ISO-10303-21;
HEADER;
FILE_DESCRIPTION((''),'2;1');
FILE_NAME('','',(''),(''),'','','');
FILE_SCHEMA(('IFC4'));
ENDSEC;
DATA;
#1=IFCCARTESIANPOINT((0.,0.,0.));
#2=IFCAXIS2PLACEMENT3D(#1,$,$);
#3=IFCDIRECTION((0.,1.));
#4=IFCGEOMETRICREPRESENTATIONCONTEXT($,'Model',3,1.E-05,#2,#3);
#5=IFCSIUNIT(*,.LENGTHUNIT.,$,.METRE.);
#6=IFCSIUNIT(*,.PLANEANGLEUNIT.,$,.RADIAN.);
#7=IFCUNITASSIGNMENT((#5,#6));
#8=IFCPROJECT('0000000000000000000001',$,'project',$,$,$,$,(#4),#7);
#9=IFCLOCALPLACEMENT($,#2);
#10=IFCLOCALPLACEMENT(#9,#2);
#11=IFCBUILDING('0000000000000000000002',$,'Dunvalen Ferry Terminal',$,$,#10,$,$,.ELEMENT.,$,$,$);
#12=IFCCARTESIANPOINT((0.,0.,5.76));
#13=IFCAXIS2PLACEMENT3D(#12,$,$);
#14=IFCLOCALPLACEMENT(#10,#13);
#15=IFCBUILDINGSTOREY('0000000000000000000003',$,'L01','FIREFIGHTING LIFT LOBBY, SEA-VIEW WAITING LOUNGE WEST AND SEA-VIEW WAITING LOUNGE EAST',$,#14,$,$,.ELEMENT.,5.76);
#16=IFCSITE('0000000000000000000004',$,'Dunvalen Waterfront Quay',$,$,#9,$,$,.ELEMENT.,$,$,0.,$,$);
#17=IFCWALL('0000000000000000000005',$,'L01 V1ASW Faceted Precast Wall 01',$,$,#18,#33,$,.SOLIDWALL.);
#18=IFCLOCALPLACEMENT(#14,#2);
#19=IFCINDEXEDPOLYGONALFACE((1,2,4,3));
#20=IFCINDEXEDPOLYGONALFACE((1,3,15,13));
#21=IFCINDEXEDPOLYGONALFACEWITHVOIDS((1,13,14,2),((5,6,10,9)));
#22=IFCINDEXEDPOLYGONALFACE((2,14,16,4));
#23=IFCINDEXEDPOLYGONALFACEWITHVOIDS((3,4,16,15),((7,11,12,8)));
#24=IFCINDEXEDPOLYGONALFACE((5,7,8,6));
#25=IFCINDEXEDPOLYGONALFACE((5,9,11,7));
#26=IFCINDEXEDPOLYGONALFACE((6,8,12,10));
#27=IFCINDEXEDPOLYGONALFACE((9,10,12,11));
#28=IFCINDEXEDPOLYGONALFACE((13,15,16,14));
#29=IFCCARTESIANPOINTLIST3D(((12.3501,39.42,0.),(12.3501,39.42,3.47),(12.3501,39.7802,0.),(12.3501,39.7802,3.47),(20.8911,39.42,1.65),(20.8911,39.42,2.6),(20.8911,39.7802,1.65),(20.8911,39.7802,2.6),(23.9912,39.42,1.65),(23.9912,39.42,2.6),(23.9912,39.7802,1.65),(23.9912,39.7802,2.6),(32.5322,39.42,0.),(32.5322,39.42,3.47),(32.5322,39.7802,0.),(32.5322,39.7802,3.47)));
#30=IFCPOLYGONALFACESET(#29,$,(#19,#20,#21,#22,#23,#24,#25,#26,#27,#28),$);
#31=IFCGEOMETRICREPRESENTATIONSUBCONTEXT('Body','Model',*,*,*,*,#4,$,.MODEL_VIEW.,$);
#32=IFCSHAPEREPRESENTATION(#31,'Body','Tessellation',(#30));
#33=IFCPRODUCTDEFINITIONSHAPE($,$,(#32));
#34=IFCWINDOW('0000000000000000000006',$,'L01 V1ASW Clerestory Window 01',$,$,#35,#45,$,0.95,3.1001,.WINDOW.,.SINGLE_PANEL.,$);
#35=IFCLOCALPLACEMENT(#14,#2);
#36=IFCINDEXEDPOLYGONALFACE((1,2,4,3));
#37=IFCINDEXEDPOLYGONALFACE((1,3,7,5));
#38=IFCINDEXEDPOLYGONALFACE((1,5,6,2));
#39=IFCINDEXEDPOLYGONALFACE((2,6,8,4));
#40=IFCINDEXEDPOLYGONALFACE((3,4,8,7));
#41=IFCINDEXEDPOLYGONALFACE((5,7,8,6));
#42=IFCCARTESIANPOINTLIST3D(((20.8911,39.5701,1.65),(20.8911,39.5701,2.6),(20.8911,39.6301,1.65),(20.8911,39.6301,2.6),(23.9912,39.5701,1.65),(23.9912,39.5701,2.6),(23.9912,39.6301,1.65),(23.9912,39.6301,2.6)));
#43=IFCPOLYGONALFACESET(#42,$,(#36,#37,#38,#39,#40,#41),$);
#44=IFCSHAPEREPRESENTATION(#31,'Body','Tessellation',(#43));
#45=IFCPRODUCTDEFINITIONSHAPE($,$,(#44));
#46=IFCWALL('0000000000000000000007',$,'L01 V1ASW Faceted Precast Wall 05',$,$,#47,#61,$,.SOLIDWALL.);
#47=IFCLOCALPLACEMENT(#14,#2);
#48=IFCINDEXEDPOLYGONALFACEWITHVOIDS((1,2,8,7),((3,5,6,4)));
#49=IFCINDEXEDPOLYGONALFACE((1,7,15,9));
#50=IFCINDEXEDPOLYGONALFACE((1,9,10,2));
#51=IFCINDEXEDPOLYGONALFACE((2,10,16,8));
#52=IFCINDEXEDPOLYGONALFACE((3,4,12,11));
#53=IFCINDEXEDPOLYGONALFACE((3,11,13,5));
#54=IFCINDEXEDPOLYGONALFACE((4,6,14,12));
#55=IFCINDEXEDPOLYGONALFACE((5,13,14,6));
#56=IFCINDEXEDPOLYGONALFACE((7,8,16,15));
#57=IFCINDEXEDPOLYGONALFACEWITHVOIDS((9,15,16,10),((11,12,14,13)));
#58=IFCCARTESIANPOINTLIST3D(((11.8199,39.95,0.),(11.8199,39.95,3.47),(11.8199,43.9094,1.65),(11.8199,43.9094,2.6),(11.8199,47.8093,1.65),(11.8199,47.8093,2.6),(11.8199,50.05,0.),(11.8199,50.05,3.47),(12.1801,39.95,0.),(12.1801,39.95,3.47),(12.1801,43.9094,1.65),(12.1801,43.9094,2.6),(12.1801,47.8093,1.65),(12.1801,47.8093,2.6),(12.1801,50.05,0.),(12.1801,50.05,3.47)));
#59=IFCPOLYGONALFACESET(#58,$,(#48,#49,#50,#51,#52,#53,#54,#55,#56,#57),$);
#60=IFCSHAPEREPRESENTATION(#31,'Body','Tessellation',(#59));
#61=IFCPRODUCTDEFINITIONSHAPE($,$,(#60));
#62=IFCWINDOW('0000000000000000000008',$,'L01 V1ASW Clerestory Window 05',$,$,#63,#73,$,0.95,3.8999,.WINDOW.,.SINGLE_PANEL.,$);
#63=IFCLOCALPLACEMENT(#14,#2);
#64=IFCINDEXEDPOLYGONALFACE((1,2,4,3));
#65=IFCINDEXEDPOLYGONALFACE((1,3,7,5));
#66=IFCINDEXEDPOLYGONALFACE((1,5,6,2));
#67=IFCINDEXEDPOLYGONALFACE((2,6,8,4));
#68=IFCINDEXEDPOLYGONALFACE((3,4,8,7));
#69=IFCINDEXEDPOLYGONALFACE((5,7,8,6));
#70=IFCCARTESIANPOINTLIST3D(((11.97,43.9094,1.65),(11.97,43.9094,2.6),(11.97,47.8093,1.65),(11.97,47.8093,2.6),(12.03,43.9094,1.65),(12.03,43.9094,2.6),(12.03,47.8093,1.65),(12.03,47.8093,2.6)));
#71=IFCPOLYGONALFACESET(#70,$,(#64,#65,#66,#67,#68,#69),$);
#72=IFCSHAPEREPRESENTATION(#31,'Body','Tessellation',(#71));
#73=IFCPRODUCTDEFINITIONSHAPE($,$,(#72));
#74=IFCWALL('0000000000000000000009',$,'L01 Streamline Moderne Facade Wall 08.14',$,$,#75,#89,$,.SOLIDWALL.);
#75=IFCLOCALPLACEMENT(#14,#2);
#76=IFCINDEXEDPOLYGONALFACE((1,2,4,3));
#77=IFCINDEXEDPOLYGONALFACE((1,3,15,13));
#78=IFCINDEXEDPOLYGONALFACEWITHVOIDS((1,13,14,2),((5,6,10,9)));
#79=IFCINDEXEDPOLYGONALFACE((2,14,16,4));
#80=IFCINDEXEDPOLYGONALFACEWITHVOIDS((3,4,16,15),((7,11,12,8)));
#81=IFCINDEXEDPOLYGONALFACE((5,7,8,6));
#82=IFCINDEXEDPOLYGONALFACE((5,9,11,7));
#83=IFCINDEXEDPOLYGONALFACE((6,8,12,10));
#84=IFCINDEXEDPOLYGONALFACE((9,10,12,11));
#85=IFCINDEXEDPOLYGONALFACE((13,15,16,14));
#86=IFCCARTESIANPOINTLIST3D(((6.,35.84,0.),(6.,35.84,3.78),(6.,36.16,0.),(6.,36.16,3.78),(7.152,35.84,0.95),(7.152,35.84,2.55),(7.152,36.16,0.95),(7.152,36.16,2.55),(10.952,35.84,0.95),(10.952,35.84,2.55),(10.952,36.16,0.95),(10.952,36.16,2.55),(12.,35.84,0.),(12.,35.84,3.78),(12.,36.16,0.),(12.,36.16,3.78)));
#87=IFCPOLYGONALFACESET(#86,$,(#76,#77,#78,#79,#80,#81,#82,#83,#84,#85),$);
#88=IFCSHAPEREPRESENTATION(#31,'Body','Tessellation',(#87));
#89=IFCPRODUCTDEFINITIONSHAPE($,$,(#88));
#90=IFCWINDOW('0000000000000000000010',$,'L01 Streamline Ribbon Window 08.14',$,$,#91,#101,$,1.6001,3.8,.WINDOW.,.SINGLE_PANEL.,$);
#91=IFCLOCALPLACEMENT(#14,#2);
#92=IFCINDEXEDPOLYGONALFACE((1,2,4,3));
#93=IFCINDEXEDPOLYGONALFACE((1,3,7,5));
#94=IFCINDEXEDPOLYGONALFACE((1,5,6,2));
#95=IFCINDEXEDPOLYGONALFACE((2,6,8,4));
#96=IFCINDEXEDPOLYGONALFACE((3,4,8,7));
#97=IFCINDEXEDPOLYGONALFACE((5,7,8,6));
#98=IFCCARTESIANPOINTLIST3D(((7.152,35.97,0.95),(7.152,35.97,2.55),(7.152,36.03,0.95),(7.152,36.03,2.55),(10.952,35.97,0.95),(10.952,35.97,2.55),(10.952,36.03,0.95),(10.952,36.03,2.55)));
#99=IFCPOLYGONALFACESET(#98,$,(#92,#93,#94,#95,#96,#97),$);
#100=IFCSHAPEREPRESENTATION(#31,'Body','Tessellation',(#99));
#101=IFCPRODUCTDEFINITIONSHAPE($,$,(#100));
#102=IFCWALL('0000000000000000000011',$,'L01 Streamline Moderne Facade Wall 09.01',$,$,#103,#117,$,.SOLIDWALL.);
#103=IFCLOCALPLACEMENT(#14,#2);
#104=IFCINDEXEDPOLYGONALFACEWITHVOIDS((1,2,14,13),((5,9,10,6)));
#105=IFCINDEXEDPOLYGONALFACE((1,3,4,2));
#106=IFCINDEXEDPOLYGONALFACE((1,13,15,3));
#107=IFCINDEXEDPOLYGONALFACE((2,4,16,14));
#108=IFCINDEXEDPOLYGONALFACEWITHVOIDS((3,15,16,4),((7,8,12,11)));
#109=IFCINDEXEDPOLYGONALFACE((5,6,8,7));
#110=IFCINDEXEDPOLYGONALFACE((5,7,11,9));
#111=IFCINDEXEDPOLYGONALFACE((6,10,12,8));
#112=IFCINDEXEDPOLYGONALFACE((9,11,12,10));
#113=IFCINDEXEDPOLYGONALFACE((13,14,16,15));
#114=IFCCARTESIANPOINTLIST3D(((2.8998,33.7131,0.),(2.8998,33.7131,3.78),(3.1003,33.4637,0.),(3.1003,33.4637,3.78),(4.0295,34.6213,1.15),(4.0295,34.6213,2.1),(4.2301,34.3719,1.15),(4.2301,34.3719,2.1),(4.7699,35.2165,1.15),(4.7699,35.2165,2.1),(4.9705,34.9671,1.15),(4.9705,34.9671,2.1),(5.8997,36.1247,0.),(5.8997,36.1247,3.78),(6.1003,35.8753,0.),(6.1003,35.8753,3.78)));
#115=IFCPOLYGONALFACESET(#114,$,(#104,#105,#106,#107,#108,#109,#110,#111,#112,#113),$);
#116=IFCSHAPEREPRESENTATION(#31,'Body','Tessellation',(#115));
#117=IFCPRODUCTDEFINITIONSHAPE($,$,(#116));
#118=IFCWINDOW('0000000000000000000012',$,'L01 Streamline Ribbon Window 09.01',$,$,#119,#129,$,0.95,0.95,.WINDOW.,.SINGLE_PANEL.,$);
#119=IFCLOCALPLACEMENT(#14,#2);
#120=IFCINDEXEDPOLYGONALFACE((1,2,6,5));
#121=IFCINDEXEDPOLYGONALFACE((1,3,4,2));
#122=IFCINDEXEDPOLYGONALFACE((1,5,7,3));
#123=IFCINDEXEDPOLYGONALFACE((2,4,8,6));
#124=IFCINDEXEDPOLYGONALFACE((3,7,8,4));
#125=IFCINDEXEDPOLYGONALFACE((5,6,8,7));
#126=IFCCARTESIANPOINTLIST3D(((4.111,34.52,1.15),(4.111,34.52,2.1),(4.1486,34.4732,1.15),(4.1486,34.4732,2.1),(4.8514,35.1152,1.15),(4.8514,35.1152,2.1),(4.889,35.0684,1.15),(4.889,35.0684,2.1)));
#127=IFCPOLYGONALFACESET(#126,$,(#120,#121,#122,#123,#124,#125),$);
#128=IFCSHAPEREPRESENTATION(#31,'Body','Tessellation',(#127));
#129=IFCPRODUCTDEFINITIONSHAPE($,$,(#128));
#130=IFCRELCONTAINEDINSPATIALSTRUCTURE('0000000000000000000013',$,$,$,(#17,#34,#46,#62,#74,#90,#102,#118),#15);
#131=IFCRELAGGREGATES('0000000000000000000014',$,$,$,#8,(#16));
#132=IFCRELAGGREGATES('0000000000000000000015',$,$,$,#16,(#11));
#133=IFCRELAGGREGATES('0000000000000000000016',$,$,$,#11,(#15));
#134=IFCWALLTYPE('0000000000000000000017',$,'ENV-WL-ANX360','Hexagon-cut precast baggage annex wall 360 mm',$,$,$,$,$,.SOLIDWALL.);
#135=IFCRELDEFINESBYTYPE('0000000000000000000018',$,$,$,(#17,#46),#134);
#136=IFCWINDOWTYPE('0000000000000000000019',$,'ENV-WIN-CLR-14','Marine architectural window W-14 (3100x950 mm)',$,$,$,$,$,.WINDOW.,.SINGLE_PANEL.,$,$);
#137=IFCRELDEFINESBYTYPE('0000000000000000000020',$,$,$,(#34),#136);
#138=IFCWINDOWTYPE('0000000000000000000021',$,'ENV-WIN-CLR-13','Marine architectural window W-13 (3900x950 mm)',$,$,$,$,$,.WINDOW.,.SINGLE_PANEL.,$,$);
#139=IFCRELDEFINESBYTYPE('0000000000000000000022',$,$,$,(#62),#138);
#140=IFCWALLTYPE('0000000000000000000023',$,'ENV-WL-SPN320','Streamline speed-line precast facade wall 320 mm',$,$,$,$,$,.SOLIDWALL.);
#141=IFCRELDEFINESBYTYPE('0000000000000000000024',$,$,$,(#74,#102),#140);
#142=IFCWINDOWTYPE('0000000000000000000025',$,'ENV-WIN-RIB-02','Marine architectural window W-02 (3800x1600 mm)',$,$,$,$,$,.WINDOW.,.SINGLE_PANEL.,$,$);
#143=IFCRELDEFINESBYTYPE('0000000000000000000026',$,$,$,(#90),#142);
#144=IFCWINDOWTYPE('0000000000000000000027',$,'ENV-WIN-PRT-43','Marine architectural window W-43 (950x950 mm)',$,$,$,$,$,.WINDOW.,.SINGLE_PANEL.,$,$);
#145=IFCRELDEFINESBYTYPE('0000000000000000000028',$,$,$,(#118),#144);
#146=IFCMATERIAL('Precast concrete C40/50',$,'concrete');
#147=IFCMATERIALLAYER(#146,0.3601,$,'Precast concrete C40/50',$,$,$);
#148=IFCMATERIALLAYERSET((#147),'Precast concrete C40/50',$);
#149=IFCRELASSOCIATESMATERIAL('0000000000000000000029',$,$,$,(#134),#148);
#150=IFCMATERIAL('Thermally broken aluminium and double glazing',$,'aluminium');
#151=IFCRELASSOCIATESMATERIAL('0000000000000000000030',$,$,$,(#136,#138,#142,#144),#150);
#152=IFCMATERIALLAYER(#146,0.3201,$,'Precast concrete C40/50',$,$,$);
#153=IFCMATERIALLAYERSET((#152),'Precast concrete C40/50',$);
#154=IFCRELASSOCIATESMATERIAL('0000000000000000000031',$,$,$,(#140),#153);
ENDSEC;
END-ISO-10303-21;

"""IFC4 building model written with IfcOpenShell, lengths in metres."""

from ifc_helpers import new_model, si_unit, direction, frame, frame_2d, origin, place, context, subcontext, project, spatial, rectangle, extrude, material, layer, layer_set, type_object, element, fill, save


model = new_model("IFC4")

# Units and contexts
model_context = context("Model", 3, precision=1e-05, world=origin(), true_north=direction((0.0, 1.0)))
body_context = subcontext(model_context, "Body", "Model", "MODEL_VIEW")
ifc_project = project(units=[si_unit("LENGTHUNIT", "METRE"), si_unit("PLANEANGLEUNIT", "RADIAN")], contexts=[model_context])

# Site, building, storey
site_placement = place(None, origin())
site = spatial("IfcSite", under=ifc_project, at=site_placement, Name="Dunvalen Waterfront Quay", CompositionType="ELEMENT", RefElevation=0.0)
building_placement = place(site_placement, origin())
building = spatial("IfcBuilding", under=site, at=building_placement, Name="Dunvalen Ferry Terminal", CompositionType="ELEMENT")
storey_placement = place(building_placement, frame((0.0, 0.0, 5.76)))
storey = spatial("IfcBuildingStorey", under=building, at=storey_placement, Name="L01", Description="FIREFIGHTING LIFT LOBBY, SEA-VIEW WAITING LOUNGE WEST AND SEA-VIEW WAITING LOUNGE EAST", CompositionType="ELEMENT", Elevation=5.76)

# Walls, openings, windows
ifc_material_1 = material(Name="Precast concrete C40/50", Category="concrete")
ifc_layer_1 = layer(ifc_material_1, 0.3601, Name="Precast concrete C40/50")
ifc_layer_set_1 = layer_set([ifc_layer_1], Name="Precast concrete C40/50")
wall_type_1 = type_object("IfcWallType", Name="ENV-WL-ANX360", Description="Hexagon-cut precast baggage annex wall 360 mm", PredefinedType="SOLIDWALL", material=ifc_layer_set_1)
wall_1_placement = place(storey_placement, frame((12.3501, 39.6001, 0.0), z_axis=(0.0, 0.0, 1.0), x_axis=(1.0, 0.0, 0.0)))
wall_1 = element("IfcWall", 1, at=wall_1_placement, inside=storey, type_object=wall_type_1, Name="L01 V1ASW Faceted Precast Wall 01", PredefinedType="SOLIDWALL", context=body_context, shape_type="SweptSolid", body=[
    extrude(rectangle(XDim=20.1821, YDim=0.3601, at=frame_2d((10.0911, 0.0))), origin(), (0.0, 0.0, 1.0), 3.47),
])
opening_1_placement = place(wall_1_placement, frame((8.541, 0.0, 1.6499)))
opening_1 = element("IfcOpeningElement", 2, at=opening_1_placement, cuts=wall_1, PredefinedType="OPENING", context=body_context, shape_type="SweptSolid", body=[
    extrude(rectangle(XDim=3.1001, YDim=0.95, at=frame_2d((1.55, 0.4751))), frame((0.0, 0.1899, 0.0), z_axis=(0.0, -1.0, 0.0), x_axis=(1.0, 0.0, 0.0)), (0.0, 0.0, 1.0), 0.3801),
])
ifc_material_2 = material(Name="Thermally broken aluminium and double glazing", Category="aluminium")
window_type_1 = type_object("IfcWindowType", Name="ENV-WIN-CLR-14", Description="Marine architectural window W-14 (3100x950 mm)", PartitioningType="SINGLE_PANEL", PredefinedType="WINDOW", material=ifc_material_2)
window_1_placement = place(opening_1_placement, origin())
window_1 = element("IfcWindow", 3, at=window_1_placement, inside=storey, type_object=window_type_1, Name="L01 V1ASW Clerestory Window 01", OverallHeight=0.95, OverallWidth=3.1001, PartitioningType="SINGLE_PANEL", PredefinedType="WINDOW", context=body_context, shape_type="SweptSolid", body=[
    extrude(rectangle(XDim=3.1001, YDim=0.95, at=frame_2d((1.55, 0.4751))), frame((0.0, 0.03, 0.0), z_axis=(0.0, -1.0, 0.0), x_axis=(1.0, 0.0, 0.0)), (0.0, 0.0, 1.0), 0.0601),
])
fill(opening_1, window_1)
wall_2_placement = place(storey_placement, frame((12.0, 50.05, 0.0), z_axis=(0.0, 0.0, 1.0), x_axis=(0.0, -1.0, 0.0)))
wall_2 = element("IfcWall", 4, at=wall_2_placement, inside=storey, type_object=wall_type_1, Name="L01 V1ASW Faceted Precast Wall 05", PredefinedType="SOLIDWALL", context=body_context, shape_type="SweptSolid", body=[
    extrude(rectangle(XDim=10.1001, YDim=0.3601, at=frame_2d((5.05, 0.0))), origin(), (0.0, 0.0, 1.0), 3.47),
])
opening_2_placement = place(wall_2_placement, frame((2.2407, 0.0, 1.6499)))
opening_2 = element("IfcOpeningElement", 5, at=opening_2_placement, cuts=wall_2, PredefinedType="OPENING", context=body_context, shape_type="SweptSolid", body=[
    extrude(rectangle(XDim=3.8999, YDim=0.95, at=frame_2d((1.95, 0.4751))), frame((0.0, 0.1899, 0.0), z_axis=(0.0, -1.0, 0.0), x_axis=(1.0, 0.0, 0.0)), (0.0, 0.0, 1.0), 0.3801),
])
window_type_2 = type_object("IfcWindowType", Name="ENV-WIN-CLR-13", Description="Marine architectural window W-13 (3900x950 mm)", PartitioningType="SINGLE_PANEL", PredefinedType="WINDOW", material=ifc_material_2)
window_2_placement = place(opening_2_placement, origin())
window_2 = element("IfcWindow", 6, at=window_2_placement, inside=storey, type_object=window_type_2, Name="L01 V1ASW Clerestory Window 05", OverallHeight=0.95, OverallWidth=3.8999, PartitioningType="SINGLE_PANEL", PredefinedType="WINDOW", context=body_context, shape_type="SweptSolid", body=[
    extrude(rectangle(XDim=3.8999, YDim=0.95, at=frame_2d((1.95, 0.4751))), frame((0.0, 0.03, 0.0), z_axis=(0.0, -1.0, 0.0), x_axis=(1.0, 0.0, 0.0)), (0.0, 0.0, 1.0), 0.0601),
])
fill(opening_2, window_2)

# Walls, openings, windows
ifc_layer_2 = layer(ifc_material_1, 0.3201, Name="Precast concrete C40/50")
ifc_layer_set_2 = layer_set([ifc_layer_2], Name="Precast concrete C40/50")
wall_type_2 = type_object("IfcWallType", Name="ENV-WL-SPN320", Description="Streamline speed-line precast facade wall 320 mm", PredefinedType="SOLIDWALL", material=ifc_layer_set_2)
wall_3_placement = place(storey_placement, frame((12.0, 36.0, 0.0), z_axis=(0.0, 0.0, 1.0), x_axis=(-1.0, 0.0, 0.0)))
wall_3 = element("IfcWall", 7, at=wall_3_placement, inside=storey, type_object=wall_type_2, Name="L01 Streamline Moderne Facade Wall 08.14", PredefinedType="SOLIDWALL", context=body_context, shape_type="SweptSolid", body=[
    extrude(rectangle(XDim=6.0, YDim=0.3201, at=frame_2d((3.0, 0.0))), origin(), (0.0, 0.0, 1.0), 3.78),
])
opening_3_placement = place(wall_3_placement, frame((1.0481, 0.0, 0.95)))
opening_3 = element("IfcOpeningElement", 8, at=opening_3_placement, cuts=wall_3, PredefinedType="OPENING", context=body_context, shape_type="SweptSolid", body=[
    extrude(rectangle(XDim=3.8, YDim=1.6001, at=frame_2d((1.8999, 0.8))), frame((0.0, 0.1699, 0.0), z_axis=(0.0, -1.0, 0.0), x_axis=(1.0, 0.0, 0.0)), (0.0, 0.0, 1.0), 0.3401),
])
window_type_3 = type_object("IfcWindowType", Name="ENV-WIN-RIB-02", Description="Marine architectural window W-02 (3800x1600 mm)", PartitioningType="SINGLE_PANEL", PredefinedType="WINDOW", material=ifc_material_2)
window_3_placement = place(opening_3_placement, origin())
window_3 = element("IfcWindow", 9, at=window_3_placement, inside=storey, type_object=window_type_3, Name="L01 Streamline Ribbon Window 08.14", OverallHeight=1.6001, OverallWidth=3.8, PartitioningType="SINGLE_PANEL", PredefinedType="WINDOW", context=body_context, shape_type="SweptSolid", body=[
    extrude(rectangle(XDim=3.8, YDim=1.6001, at=frame_2d((1.8999, 0.8))), frame((0.0, 0.03, 0.0), z_axis=(0.0, -1.0, 0.0), x_axis=(1.0, 0.0, 0.0)), (0.0, 0.0, 1.0), 0.0601),
])
fill(opening_3, window_3)
wall_4_placement = place(storey_placement, frame((6.0, 36.0, 0.0), z_axis=(0.0, 0.0, 1.0), x_axis=(-0.779394, -0.626534, 0.0)))
wall_4 = element("IfcWall", 10, at=wall_4_placement, inside=storey, type_object=wall_type_2, Name="L01 Streamline Moderne Facade Wall 09.01", PredefinedType="SOLIDWALL", context=body_context, shape_type="SweptSolid", body=[
    extrude(rectangle(XDim=3.8491, YDim=0.3201, at=frame_2d((1.9246, 0.0))), origin(), (0.0, 0.0, 1.0), 3.78),
])
opening_4_placement = place(wall_4_placement, frame((1.4495, 0.0, 1.1499)))
opening_4 = element("IfcOpeningElement", 11, at=opening_4_placement, cuts=wall_4, PredefinedType="OPENING", context=body_context, shape_type="SweptSolid", body=[
    extrude(rectangle(XDim=0.95, YDim=0.95, at=frame_2d((0.4751, 0.4751))), frame((0.0, 0.1699, 0.0), z_axis=(0.0, -1.0, 0.0), x_axis=(1.0, 0.0, 0.0)), (0.0, 0.0, 1.0), 0.3401),
])
window_type_4 = type_object("IfcWindowType", Name="ENV-WIN-PRT-43", Description="Marine architectural window W-43 (950x950 mm)", PartitioningType="SINGLE_PANEL", PredefinedType="WINDOW", material=ifc_material_2)
window_4_placement = place(opening_4_placement, origin())
window_4 = element("IfcWindow", 12, at=window_4_placement, inside=storey, type_object=window_type_4, Name="L01 Streamline Ribbon Window 09.01", OverallHeight=0.95, OverallWidth=0.95, PartitioningType="SINGLE_PANEL", PredefinedType="WINDOW", context=body_context, shape_type="SweptSolid", body=[
    extrude(rectangle(XDim=0.95, YDim=0.95, at=frame_2d((0.4751, 0.4751))), frame((0.0, 0.03, 0.0), z_axis=(0.0, -1.0, 0.0), x_axis=(1.0, 0.0, 0.0)), (0.0, 0.0, 1.0), 0.0601),
])
fill(opening_4, window_4)

save(model, "model.ifc")
